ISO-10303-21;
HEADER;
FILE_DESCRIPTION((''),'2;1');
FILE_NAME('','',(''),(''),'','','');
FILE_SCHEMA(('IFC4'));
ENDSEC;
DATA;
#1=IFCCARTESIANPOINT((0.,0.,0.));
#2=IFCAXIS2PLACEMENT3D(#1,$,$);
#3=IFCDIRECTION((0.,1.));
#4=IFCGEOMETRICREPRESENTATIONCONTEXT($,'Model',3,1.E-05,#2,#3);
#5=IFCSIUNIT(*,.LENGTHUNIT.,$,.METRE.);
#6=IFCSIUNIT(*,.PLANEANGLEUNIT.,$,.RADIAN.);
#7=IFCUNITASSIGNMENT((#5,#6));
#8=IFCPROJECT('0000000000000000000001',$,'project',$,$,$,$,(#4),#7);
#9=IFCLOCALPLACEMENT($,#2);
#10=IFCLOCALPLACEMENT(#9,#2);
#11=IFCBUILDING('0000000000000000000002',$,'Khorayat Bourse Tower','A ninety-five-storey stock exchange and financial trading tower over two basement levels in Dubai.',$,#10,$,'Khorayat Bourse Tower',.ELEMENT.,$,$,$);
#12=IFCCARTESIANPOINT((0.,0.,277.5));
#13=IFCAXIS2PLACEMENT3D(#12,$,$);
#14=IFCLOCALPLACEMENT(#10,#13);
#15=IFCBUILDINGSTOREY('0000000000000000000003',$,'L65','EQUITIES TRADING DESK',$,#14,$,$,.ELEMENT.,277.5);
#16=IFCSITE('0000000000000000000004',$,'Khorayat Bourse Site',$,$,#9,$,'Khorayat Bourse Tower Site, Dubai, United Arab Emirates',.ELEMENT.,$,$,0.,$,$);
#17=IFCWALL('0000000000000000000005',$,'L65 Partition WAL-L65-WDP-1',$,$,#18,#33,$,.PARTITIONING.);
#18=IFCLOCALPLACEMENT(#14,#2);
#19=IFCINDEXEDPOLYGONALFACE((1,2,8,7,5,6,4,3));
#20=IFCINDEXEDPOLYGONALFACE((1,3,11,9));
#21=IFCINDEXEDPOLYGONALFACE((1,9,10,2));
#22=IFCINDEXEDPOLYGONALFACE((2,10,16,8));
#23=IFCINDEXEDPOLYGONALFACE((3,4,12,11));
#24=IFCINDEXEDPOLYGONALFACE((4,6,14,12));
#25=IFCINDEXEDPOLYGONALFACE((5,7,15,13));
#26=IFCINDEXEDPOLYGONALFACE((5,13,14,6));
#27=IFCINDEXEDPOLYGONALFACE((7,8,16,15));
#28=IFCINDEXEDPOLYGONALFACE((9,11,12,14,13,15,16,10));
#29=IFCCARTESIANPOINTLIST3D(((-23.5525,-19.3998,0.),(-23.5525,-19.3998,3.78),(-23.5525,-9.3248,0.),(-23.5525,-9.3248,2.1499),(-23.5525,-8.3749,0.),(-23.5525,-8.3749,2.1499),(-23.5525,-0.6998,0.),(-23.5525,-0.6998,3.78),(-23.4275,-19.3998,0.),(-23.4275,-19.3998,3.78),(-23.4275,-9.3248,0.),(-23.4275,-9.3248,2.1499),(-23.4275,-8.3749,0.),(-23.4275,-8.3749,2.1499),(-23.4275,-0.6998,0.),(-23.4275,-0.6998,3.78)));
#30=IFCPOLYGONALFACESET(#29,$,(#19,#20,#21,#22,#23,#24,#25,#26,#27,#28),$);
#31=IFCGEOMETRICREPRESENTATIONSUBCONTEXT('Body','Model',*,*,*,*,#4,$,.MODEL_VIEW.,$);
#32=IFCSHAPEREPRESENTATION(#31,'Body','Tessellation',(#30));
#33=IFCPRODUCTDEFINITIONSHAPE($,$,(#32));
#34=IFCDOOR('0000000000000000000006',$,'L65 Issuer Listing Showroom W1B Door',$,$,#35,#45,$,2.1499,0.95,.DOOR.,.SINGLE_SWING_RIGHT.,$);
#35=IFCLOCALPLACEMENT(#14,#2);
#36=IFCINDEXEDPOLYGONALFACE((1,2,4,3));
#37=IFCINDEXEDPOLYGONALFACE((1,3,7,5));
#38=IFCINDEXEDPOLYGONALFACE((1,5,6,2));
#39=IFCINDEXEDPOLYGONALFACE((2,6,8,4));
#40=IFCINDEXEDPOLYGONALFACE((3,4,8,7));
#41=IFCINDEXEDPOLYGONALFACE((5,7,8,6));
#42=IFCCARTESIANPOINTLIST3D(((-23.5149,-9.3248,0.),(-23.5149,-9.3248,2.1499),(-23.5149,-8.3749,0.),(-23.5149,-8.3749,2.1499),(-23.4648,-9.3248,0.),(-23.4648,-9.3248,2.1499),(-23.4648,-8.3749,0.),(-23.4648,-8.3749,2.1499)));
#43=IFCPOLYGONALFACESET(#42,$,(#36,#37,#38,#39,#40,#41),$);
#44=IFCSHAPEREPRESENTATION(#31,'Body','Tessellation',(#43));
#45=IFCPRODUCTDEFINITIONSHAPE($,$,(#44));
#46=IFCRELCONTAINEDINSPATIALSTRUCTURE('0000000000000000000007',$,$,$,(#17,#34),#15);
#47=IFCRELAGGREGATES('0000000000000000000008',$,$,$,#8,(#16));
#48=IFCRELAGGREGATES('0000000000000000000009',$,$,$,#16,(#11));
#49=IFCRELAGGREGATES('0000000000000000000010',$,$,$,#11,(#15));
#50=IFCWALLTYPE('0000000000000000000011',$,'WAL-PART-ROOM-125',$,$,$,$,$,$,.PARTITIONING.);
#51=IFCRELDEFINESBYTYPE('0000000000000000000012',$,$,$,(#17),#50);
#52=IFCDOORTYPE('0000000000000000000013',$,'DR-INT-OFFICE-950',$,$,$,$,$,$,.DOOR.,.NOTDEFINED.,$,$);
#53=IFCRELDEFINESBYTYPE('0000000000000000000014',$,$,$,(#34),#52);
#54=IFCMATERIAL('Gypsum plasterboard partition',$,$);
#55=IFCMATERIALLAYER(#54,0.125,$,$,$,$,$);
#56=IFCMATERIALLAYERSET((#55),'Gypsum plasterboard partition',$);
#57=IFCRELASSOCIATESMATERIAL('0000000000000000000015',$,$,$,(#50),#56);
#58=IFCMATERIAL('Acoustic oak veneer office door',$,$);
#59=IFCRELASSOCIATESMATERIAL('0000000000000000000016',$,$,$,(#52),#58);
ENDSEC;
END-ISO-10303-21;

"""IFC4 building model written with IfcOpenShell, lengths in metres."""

from ifc_helpers import new_model, si_unit, direction, frame, frame_2d, origin, place, context, subcontext, project, spatial, rectangle, extrude, source, transform, mapped, material, layer, layer_set, type_object, element, fill, save


model = new_model("IFC4")

# Units and contexts
model_context = context("Model", 3, precision=1e-05, world=origin(), true_north=direction((0.0, 1.0)))
body_context = subcontext(model_context, "Body", "Model", "MODEL_VIEW")
ifc_project = project(units=[si_unit("LENGTHUNIT", "METRE"), si_unit("PLANEANGLEUNIT", "RADIAN")], contexts=[model_context])

# Site, building, storey
site_placement = place(None, origin())
site = spatial("IfcSite", under=ifc_project, at=site_placement, Name="Khorayat Bourse Site", LongName="Khorayat Bourse Tower Site, Dubai, United Arab Emirates", CompositionType="ELEMENT", RefElevation=0.0)
building_placement = place(site_placement, origin())
building = spatial("IfcBuilding", under=site, at=building_placement, Name="Khorayat Bourse Tower", Description="A ninety-five-storey stock exchange and financial trading tower over two basement levels in Dubai.", LongName="Khorayat Bourse Tower", CompositionType="ELEMENT")
storey_placement = place(building_placement, frame((0.0, 0.0, 277.5)))
storey = spatial("IfcBuildingStorey", under=building, at=storey_placement, Name="L65", Description="EQUITIES TRADING DESK", CompositionType="ELEMENT", Elevation=277.5)

# Wall, opening, door
ifc_material_1 = material(Name="Gypsum plasterboard partition")
ifc_layer_1 = layer(ifc_material_1, 0.125)
ifc_layer_set_1 = layer_set([ifc_layer_1], Name="Gypsum plasterboard partition")
wall_type_1 = type_object("IfcWallType", Name="WAL-PART-ROOM-125", PredefinedType="PARTITIONING", material=ifc_layer_set_1)
shared_shape_1 = source(origin(), body_context, "Body", "SweptSolid", [
    extrude(rectangle(XDim=18.7, YDim=0.125, at=frame_2d((9.3501, 0.0))), origin(), (0.0, 0.0, 1.0), 3.78),
])
wall_1_placement = place(storey_placement, frame((-23.49, -19.3999, 0.0), z_axis=(0.0, 0.0, 1.0), x_axis=(0.0, 1.0, 0.0)))
wall_1 = element("IfcWall", 1, at=wall_1_placement, inside=storey, type_object=wall_type_1, Name="L65 Partition WAL-L65-WDP-1", PredefinedType="PARTITIONING", context=body_context, shape_type="MappedRepresentation", body=[
    mapped(shared_shape_1, transform((0.0, 0.0, 0.0), scale=1.0)),
])
shared_shape_2 = source(origin(), body_context, "Body", "SweptSolid", [
    extrude(rectangle(XDim=0.95, YDim=2.1499, at=frame_2d((0.4751, 1.075))), frame((0.0, 0.0725, 0.0), z_axis=(0.0, -1.0, 0.0), x_axis=(1.0, 0.0, 0.0)), (0.0, 0.0, 1.0), 0.145),
])
opening_1_placement = place(wall_1_placement, frame((10.075, 0.0, 0.0)))
opening_1 = element("IfcOpeningElement", 2, at=opening_1_placement, cuts=wall_1, PredefinedType="OPENING", context=body_context, shape_type="MappedRepresentation", body=[
    mapped(shared_shape_2, transform((0.0, 0.0, 0.0), scale=1.0)),
])
ifc_material_2 = material(Name="Acoustic oak veneer office door")
door_type = type_object("IfcDoorType", Name="DR-INT-OFFICE-950", OperationType="NOTDEFINED", PredefinedType="DOOR", material=ifc_material_2)
shared_shape_3 = source(origin(), body_context, "Body", "SweptSolid", [
    extrude(rectangle(XDim=0.95, YDim=2.1499, at=frame_2d((0.4751, 1.075))), frame((0.0, 0.0249, 0.0), z_axis=(0.0, -1.0, 0.0), x_axis=(1.0, 0.0, 0.0)), (0.0, 0.0, 1.0), 0.05),
])
door_placement = place(opening_1_placement, origin())
door = element("IfcDoor", 3, at=door_placement, inside=storey, type_object=door_type, Name="L65 Issuer Listing Showroom W1B Door", OperationType="SINGLE_SWING_RIGHT", OverallHeight=2.1499, OverallWidth=0.95, PredefinedType="DOOR", context=body_context, shape_type="MappedRepresentation", body=[
    mapped(shared_shape_3, transform((0.0, 0.0, 0.0), scale=1.0)),
])
fill(opening_1, door)

save(model, "model.ifc")
